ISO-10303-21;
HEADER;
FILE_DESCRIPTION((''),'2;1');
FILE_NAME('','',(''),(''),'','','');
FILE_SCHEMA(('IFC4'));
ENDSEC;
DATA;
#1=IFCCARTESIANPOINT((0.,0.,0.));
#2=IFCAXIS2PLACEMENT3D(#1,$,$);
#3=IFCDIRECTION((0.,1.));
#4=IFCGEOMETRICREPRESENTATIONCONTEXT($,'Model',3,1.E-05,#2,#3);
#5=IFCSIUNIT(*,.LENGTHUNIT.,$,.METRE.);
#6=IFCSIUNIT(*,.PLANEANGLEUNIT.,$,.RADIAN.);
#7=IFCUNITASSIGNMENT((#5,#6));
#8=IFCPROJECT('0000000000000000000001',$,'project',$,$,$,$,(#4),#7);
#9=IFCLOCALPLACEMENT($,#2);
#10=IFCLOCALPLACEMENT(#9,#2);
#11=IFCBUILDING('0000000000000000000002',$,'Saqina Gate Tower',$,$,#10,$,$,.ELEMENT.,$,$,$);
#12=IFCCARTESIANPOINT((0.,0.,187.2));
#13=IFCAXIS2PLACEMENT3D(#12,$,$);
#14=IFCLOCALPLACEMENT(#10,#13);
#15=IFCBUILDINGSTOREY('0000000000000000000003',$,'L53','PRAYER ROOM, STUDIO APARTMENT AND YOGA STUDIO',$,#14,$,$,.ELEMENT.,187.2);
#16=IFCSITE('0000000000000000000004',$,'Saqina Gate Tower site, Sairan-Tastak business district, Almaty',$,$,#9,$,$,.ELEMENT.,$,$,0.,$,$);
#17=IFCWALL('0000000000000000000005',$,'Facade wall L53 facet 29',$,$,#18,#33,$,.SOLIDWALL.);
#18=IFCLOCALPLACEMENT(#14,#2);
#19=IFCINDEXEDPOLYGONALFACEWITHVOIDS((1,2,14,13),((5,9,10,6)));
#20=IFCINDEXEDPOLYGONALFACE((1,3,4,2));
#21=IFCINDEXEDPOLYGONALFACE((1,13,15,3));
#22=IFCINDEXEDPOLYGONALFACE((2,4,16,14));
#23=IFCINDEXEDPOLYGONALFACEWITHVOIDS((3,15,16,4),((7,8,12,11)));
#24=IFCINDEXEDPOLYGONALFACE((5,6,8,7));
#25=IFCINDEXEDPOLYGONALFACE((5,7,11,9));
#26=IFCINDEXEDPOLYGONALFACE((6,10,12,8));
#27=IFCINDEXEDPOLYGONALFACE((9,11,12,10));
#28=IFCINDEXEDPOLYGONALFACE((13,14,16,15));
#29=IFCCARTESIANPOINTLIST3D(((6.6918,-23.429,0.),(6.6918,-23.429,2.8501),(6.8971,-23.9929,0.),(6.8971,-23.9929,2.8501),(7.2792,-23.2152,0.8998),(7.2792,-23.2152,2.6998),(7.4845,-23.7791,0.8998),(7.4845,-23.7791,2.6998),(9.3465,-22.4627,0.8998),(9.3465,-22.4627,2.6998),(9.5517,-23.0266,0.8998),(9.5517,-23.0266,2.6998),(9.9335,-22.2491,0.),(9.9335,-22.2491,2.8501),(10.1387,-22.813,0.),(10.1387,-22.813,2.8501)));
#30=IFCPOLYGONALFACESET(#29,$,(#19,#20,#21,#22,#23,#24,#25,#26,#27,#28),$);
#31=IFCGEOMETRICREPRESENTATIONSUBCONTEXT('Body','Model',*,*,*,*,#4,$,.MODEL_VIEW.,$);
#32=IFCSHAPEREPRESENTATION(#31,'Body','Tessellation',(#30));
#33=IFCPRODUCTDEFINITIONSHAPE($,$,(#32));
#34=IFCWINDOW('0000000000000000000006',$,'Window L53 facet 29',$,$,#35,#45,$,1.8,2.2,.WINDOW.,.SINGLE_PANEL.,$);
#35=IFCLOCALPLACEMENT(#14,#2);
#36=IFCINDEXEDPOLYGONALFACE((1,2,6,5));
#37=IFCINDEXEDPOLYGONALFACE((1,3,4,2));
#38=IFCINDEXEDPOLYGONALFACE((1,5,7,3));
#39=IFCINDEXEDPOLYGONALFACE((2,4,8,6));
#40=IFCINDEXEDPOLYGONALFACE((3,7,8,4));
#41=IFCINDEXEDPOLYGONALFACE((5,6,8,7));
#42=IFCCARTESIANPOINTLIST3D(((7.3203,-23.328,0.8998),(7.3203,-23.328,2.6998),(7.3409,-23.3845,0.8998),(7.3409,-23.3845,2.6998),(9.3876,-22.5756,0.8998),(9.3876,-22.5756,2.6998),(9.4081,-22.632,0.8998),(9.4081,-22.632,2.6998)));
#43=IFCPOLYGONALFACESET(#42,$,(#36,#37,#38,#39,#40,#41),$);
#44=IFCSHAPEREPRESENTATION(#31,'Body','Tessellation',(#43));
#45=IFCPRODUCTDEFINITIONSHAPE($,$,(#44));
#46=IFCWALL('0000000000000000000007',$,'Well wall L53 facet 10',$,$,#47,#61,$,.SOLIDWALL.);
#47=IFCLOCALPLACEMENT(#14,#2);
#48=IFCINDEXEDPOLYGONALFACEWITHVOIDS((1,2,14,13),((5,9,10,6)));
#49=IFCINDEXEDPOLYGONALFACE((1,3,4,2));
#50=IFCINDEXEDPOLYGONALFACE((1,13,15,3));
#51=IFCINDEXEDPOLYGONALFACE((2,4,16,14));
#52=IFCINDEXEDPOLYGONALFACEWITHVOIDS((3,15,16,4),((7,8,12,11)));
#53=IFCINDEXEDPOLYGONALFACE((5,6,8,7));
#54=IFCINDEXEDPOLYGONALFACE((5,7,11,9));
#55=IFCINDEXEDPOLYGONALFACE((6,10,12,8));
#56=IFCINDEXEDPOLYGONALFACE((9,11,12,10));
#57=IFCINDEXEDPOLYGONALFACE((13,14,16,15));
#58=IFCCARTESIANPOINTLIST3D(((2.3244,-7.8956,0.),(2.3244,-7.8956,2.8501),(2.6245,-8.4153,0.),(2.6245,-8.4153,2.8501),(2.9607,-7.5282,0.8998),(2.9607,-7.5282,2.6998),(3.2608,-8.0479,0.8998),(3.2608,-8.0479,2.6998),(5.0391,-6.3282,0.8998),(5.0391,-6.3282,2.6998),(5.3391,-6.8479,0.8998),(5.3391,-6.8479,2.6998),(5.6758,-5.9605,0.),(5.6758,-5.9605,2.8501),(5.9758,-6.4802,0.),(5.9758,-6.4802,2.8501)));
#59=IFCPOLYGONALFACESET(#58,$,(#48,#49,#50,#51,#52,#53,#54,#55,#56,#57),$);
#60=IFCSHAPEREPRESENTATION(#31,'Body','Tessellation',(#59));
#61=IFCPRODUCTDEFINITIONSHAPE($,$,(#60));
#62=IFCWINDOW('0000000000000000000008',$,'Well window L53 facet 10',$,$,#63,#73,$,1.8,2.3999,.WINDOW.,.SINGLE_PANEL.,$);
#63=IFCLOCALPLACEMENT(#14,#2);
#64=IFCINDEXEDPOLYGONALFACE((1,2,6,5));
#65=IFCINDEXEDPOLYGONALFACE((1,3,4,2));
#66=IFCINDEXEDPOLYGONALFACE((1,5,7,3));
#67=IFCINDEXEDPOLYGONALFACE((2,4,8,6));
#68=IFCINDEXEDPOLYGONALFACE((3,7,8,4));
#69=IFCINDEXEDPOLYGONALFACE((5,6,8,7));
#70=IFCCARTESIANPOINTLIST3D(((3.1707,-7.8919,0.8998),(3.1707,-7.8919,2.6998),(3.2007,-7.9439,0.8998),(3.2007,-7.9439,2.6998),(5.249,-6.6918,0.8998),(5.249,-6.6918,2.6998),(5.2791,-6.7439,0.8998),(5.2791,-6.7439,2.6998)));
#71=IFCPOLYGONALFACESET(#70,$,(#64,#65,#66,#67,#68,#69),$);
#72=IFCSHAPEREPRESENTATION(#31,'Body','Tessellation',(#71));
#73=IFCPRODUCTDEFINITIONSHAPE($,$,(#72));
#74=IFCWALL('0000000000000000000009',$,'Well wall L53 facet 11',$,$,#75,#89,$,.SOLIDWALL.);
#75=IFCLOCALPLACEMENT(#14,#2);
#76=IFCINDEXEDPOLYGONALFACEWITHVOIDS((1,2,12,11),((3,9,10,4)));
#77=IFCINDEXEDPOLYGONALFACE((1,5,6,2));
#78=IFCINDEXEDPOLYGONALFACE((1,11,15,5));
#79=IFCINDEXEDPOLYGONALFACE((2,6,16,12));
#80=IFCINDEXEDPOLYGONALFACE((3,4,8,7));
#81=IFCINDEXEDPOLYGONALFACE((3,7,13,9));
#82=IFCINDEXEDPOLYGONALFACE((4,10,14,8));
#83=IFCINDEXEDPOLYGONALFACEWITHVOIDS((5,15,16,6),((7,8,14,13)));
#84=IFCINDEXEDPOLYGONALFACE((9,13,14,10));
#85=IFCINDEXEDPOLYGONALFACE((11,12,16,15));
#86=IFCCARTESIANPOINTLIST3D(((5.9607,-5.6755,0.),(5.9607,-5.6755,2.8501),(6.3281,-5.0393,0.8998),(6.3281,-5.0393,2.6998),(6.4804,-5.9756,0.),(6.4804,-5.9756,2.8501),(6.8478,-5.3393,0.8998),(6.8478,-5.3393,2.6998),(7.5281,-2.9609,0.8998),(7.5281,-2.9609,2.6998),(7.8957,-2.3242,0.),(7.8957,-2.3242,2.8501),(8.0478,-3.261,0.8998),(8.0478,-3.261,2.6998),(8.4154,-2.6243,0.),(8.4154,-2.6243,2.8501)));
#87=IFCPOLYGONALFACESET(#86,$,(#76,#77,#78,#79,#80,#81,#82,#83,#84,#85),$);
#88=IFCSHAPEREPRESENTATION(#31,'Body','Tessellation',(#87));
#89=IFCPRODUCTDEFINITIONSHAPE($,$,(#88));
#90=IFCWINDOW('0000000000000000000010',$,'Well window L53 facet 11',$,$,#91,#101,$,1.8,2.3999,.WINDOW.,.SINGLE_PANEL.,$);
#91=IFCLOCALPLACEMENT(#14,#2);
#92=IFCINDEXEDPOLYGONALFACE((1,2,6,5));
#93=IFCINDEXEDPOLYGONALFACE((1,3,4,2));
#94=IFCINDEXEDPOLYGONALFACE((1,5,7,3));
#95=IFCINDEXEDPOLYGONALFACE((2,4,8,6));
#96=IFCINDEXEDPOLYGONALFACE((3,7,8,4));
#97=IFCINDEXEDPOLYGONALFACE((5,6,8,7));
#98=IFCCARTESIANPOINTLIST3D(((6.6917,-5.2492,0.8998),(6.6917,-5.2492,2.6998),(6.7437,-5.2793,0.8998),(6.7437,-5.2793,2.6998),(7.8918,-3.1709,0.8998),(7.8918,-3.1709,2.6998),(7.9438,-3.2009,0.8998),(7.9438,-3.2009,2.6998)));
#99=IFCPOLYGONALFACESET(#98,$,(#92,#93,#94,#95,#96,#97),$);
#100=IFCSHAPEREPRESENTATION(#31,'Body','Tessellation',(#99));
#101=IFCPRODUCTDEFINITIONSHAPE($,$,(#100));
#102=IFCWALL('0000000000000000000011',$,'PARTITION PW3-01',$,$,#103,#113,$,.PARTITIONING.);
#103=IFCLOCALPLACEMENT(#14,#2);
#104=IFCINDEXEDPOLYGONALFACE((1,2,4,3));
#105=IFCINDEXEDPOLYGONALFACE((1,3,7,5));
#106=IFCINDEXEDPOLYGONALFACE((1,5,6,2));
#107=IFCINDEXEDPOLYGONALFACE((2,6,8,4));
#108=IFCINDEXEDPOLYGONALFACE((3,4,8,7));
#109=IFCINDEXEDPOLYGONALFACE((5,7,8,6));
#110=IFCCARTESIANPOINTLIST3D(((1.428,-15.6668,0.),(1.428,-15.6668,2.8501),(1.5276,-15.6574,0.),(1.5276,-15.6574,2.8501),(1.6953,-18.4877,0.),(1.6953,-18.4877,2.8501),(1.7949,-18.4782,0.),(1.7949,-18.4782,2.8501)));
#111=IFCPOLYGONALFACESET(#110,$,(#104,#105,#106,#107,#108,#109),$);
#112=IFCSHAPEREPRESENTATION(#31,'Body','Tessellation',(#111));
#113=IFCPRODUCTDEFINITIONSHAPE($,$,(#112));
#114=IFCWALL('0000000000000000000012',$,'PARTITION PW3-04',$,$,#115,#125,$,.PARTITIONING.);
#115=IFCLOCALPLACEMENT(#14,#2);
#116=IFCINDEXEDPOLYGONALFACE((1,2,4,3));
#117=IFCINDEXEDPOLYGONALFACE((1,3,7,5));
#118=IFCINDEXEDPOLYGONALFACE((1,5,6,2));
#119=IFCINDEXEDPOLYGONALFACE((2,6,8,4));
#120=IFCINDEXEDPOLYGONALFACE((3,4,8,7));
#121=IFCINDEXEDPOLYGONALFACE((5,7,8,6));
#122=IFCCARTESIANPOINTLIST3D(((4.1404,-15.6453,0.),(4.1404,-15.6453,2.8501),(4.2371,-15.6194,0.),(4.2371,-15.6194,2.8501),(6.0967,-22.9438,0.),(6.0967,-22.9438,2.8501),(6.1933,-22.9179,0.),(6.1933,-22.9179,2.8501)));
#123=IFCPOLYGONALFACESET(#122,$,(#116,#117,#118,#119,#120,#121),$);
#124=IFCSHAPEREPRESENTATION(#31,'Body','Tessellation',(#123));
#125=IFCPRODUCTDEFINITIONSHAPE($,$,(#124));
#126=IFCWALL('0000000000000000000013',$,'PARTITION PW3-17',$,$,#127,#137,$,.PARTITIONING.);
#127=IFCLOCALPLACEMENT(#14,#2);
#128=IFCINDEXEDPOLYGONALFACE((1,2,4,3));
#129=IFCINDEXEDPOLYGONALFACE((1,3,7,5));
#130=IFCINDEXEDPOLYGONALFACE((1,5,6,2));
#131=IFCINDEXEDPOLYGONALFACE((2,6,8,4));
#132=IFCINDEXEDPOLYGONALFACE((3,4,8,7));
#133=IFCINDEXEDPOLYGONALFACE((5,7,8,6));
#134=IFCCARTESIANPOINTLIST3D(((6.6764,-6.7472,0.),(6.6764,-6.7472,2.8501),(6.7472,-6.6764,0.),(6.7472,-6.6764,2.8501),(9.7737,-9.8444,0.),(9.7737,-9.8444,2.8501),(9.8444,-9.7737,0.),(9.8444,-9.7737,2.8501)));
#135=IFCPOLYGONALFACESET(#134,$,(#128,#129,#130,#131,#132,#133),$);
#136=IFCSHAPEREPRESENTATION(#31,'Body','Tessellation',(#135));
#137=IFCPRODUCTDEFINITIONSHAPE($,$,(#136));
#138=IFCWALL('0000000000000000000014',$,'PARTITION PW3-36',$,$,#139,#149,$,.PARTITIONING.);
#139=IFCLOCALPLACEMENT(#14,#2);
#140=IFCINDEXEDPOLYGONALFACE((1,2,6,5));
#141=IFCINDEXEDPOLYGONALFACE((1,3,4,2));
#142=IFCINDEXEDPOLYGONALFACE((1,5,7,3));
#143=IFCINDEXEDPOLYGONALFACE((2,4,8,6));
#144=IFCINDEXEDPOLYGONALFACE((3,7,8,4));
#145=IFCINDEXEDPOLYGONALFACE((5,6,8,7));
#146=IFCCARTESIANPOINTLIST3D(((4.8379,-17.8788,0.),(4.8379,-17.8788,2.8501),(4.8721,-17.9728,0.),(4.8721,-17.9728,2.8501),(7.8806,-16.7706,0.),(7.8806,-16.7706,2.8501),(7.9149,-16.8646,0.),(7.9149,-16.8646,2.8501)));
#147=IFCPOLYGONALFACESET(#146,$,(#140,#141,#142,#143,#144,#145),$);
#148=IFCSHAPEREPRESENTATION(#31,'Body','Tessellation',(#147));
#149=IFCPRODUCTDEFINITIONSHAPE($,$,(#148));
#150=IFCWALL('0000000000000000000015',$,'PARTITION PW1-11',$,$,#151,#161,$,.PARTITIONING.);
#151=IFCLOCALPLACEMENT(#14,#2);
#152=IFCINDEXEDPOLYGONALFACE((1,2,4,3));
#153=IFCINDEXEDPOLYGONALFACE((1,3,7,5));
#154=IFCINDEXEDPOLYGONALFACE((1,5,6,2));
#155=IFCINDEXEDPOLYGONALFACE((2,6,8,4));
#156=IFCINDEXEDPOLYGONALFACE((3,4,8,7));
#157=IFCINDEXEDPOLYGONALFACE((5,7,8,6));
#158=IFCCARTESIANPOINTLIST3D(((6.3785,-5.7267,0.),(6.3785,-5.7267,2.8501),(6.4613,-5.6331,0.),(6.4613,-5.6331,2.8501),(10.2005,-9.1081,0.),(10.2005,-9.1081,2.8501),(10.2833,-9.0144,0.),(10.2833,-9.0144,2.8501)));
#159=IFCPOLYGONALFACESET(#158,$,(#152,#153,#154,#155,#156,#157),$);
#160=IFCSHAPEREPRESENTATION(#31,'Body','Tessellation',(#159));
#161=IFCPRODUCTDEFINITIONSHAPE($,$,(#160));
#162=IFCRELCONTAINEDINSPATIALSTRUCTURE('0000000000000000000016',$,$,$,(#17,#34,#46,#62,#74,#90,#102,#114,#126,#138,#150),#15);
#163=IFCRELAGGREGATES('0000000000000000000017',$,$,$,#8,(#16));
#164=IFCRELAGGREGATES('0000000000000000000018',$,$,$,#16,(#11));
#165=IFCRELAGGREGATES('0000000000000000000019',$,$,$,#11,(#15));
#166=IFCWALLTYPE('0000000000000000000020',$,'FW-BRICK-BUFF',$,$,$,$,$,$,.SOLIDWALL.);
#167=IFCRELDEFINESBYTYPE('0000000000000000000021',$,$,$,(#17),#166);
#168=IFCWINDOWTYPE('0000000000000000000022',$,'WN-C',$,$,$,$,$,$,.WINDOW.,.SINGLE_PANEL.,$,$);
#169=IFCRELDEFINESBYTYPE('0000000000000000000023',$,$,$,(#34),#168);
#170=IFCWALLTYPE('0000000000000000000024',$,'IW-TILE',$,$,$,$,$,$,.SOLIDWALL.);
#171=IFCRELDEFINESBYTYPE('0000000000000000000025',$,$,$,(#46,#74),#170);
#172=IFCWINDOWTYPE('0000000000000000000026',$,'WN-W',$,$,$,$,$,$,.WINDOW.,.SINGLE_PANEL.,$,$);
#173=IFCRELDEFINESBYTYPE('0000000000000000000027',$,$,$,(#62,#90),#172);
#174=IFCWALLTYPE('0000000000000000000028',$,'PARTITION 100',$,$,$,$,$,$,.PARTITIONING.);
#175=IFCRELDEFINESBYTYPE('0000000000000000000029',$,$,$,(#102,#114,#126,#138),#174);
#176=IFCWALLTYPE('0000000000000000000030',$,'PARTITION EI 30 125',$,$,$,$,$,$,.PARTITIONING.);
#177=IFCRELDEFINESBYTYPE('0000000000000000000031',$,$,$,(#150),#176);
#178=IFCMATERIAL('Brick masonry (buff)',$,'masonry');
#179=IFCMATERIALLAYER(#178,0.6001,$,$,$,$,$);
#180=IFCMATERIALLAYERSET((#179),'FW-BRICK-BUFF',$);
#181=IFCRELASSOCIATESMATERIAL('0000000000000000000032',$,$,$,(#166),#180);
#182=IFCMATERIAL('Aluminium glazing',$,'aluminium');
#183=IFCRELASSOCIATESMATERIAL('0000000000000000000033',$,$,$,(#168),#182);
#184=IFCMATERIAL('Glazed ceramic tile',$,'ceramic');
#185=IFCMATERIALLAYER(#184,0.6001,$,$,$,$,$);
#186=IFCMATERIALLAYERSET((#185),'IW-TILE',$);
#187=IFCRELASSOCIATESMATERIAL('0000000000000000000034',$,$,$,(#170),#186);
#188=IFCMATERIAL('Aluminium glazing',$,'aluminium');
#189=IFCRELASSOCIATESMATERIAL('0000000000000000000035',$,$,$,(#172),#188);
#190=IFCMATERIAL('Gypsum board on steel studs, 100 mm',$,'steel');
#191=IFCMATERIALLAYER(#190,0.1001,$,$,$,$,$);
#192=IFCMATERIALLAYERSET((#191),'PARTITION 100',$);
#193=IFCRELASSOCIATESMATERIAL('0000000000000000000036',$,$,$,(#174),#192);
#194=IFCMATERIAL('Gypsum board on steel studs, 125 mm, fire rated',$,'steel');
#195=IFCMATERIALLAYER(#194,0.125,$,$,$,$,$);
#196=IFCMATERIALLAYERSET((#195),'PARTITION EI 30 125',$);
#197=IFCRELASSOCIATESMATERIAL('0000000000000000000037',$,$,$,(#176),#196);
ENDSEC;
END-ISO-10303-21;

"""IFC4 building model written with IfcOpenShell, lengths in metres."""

from ifc_helpers import new_model, si_unit, direction, frame, frame_2d, origin, place, context, subcontext, project, spatial, rectangle, extrude, material, layer, layer_set, type_object, element, fill, save


model = new_model("IFC4")

# Units and contexts
model_context = context("Model", 3, precision=1e-05, world=origin(), true_north=direction((0.0, 1.0)))
body_context = subcontext(model_context, "Body", "Model", "MODEL_VIEW")
ifc_project = project(units=[si_unit("LENGTHUNIT", "METRE"), si_unit("PLANEANGLEUNIT", "RADIAN")], contexts=[model_context])

# Site, building, storey
site_placement = place(None, origin())
site = spatial("IfcSite", under=ifc_project, at=site_placement, Name="Saqina Gate Tower site, Sairan-Tastak business district, Almaty", CompositionType="ELEMENT", RefElevation=0.0)
building_placement = place(site_placement, origin())
building = spatial("IfcBuilding", under=site, at=building_placement, Name="Saqina Gate Tower", CompositionType="ELEMENT")
storey_placement = place(building_placement, frame((0.0, 0.0, 187.2)))
storey = spatial("IfcBuildingStorey", under=building, at=storey_placement, Name="L53", Description="PRAYER ROOM, STUDIO APARTMENT AND YOGA STUDIO", CompositionType="ELEMENT", Elevation=187.2)

# Walls, openings, windows
ifc_material_1 = material(Name="Brick masonry (buff)", Category="masonry")
ifc_layer_1 = layer(ifc_material_1, 0.6001)
ifc_layer_set_1 = layer_set([ifc_layer_1], Name="FW-BRICK-BUFF")
wall_type_1 = type_object("IfcWallType", Name="FW-BRICK-BUFF", PredefinedType="SOLIDWALL", material=ifc_layer_set_1)
ifc_material_2 = material(Name="Aluminium glazing", Category="aluminium")
window_type_1 = type_object("IfcWindowType", Name="WN-C", PartitioningType="SINGLE_PANEL", PredefinedType="WINDOW", material=ifc_material_2)
wall_1_placement = place(storey_placement, frame((6.7944, -23.7109, 0.0), z_axis=(0.0, 0.0, 1.0), x_axis=(0.939688, 0.342033, 0.0)))
wall_1 = element("IfcWall", 1, at=wall_1_placement, inside=storey, type_object=wall_type_1, Name="Facade wall L53 facet 29", PredefinedType="SOLIDWALL", context=body_context, shape_type="SweptSolid", body=[
    extrude(rectangle(XDim=3.4497, YDim=0.6001, at=frame_2d((1.7249, 0.0))), origin(), (0.0, 0.0, 1.0), 2.8501),
])
opening_1_placement = place(wall_1_placement, frame((0.625, 0.0, 0.8999)))
opening_1 = element("IfcOpeningElement", 2, at=opening_1_placement, cuts=wall_1, PredefinedType="OPENING", context=body_context, shape_type="SweptSolid", body=[
    extrude(rectangle(XDim=2.2, YDim=1.8, at=frame_2d((1.1001, 0.8999))), frame((0.0, 0.312, 0.0), z_axis=(0.0, -1.0, 0.0), x_axis=(1.0, 0.0, 0.0)), (0.0, 0.0, 1.0), 0.624),
])
window_1_placement = place(opening_1_placement, origin())
window_1 = element("IfcWindow", 3, at=window_1_placement, inside=storey, type_object=window_type_1, Name="Window L53 facet 29", OverallHeight=1.8, OverallWidth=2.2, PartitioningType="SINGLE_PANEL", PredefinedType="WINDOW", context=body_context, shape_type="SweptSolid", body=[
    extrude(rectangle(XDim=2.2, YDim=1.8, at=frame_2d((1.1001, 0.8999))), frame((0.0, 0.1799, 0.0), z_axis=(0.0, -1.0, 0.0), x_axis=(1.0, 0.0, 0.0)), (0.0, 0.0, 1.0), 0.0601),
])
fill(opening_1, window_1)
ifc_material_3 = material(Name="Glazed ceramic tile", Category="ceramic")
ifc_layer_2 = layer(ifc_material_3, 0.6001)
ifc_layer_set_2 = layer_set([ifc_layer_2], Name="IW-TILE")
wall_type_2 = type_object("IfcWallType", Name="IW-TILE", PredefinedType="SOLIDWALL", material=ifc_layer_set_2)
wall_2_placement = place(storey_placement, frame((2.4744, -8.1555, 0.0), z_axis=(0.0, 0.0, 1.0), x_axis=(0.866006, 0.500034, 0.0)))
wall_2 = element("IfcWall", 4, at=wall_2_placement, inside=storey, type_object=wall_type_2, Name="Well wall L53 facet 10", PredefinedType="SOLIDWALL", context=body_context, shape_type="SweptSolid", body=[
    extrude(rectangle(XDim=3.8699, YDim=0.6001, at=frame_2d((1.9351, 0.0))), origin(), (0.0, 0.0, 1.0), 2.8501),
])
opening_2_placement = place(wall_2_placement, frame((0.7349, 0.0, 0.8999)))
opening_2 = element("IfcOpeningElement", 5, at=opening_2_placement, cuts=wall_2, PredefinedType="OPENING", context=body_context, shape_type="SweptSolid", body=[
    extrude(rectangle(XDim=2.3999, YDim=1.8, at=frame_2d((1.2, 0.8999))), frame((0.0, 0.312, 0.0), z_axis=(0.0, -1.0, 0.0), x_axis=(1.0, 0.0, 0.0)), (0.0, 0.0, 1.0), 0.624),
])
ifc_material_4 = material(Name="Aluminium glazing", Category="aluminium")
window_type_2 = type_object("IfcWindowType", Name="WN-W", PartitioningType="SINGLE_PANEL", PredefinedType="WINDOW", material=ifc_material_4)
window_2_placement = place(opening_2_placement, origin())
window_2 = element("IfcWindow", 6, at=window_2_placement, inside=storey, type_object=window_type_2, Name="Well window L53 facet 10", OverallHeight=1.8, OverallWidth=2.3999, PartitioningType="SINGLE_PANEL", PredefinedType="WINDOW", context=body_context, shape_type="SweptSolid", body=[
    extrude(rectangle(XDim=2.3999, YDim=1.8, at=frame_2d((1.2, 0.8999))), frame((0.0, -0.1199, 0.0), z_axis=(0.0, -1.0, 0.0), x_axis=(1.0, 0.0, 0.0)), (0.0, 0.0, 1.0), 0.0601),
])
fill(opening_2, window_2)
wall_3_placement = place(storey_placement, frame((6.2205, -5.8257, 0.0), z_axis=(0.0, 0.0, 1.0), x_axis=(0.500034, 0.866006, 0.0)))
wall_3 = element("IfcWall", 7, at=wall_3_placement, inside=storey, type_object=wall_type_2, Name="Well wall L53 facet 11", PredefinedType="SOLIDWALL", context=body_context, shape_type="SweptSolid", body=[
    extrude(rectangle(XDim=3.8699, YDim=0.6001, at=frame_2d((1.9351, 0.0))), origin(), (0.0, 0.0, 1.0), 2.8501),
])
opening_3_placement = place(wall_3_placement, frame((0.7349, 0.0, 0.8999)))
opening_3 = element("IfcOpeningElement", 8, at=opening_3_placement, cuts=wall_3, PredefinedType="OPENING", context=body_context, shape_type="SweptSolid", body=[
    extrude(rectangle(XDim=2.3999, YDim=1.8, at=frame_2d((1.2, 0.8999))), frame((0.0, 0.312, 0.0), z_axis=(0.0, -1.0, 0.0), x_axis=(1.0, 0.0, 0.0)), (0.0, 0.0, 1.0), 0.624),
])
window_3_placement = place(opening_3_placement, origin())
window_3 = element("IfcWindow", 9, at=window_3_placement, inside=storey, type_object=window_type_2, Name="Well window L53 facet 11", OverallHeight=1.8, OverallWidth=2.3999, PartitioningType="SINGLE_PANEL", PredefinedType="WINDOW", context=body_context, shape_type="SweptSolid", body=[
    extrude(rectangle(XDim=2.3999, YDim=1.8, at=frame_2d((1.2, 0.8999))), frame((0.0, -0.1199, 0.0), z_axis=(0.0, -1.0, 0.0), x_axis=(1.0, 0.0, 0.0)), (0.0, 0.0, 1.0), 0.0601),
])
fill(opening_3, window_3)

# Walls
ifc_material_5 = material(Name="Gypsum board on steel studs, 100 mm", Category="steel")
ifc_layer_3 = layer(ifc_material_5, 0.1001)
ifc_layer_set_3 = layer_set([ifc_layer_3], Name="PARTITION 100")
wall_type_3 = type_object("IfcWallType", Name="PARTITION 100", PredefinedType="PARTITIONING", material=ifc_layer_set_3)
wall_4_placement = place(storey_placement, frame((1.4778, -15.6621, 0.0), z_axis=(0.0, 0.0, 1.0), x_axis=(0.09435, -0.995539, 0.0)))
element("IfcWall", 10, at=wall_4_placement, inside=storey, type_object=wall_type_3, Name="PARTITION PW3-01", PredefinedType="PARTITIONING", context=body_context, shape_type="SweptSolid", body=[
    extrude(rectangle(XDim=2.8335, YDim=0.1001, at=frame_2d((1.4167, 0.0))), origin(), (0.0, 0.0, 1.0), 2.8501),
])
wall_5_placement = place(storey_placement, frame((4.1887, -15.6323, 0.0), z_axis=(0.0, 0.0, 1.0), x_axis=(0.258899, -0.965904, 0.0)))
element("IfcWall", 11, at=wall_5_placement, inside=storey, type_object=wall_type_3, Name="PARTITION PW3-04", PredefinedType="PARTITIONING", context=body_context, shape_type="SweptSolid", body=[
    extrude(rectangle(XDim=7.5562, YDim=0.1001, at=frame_2d((3.7781, 0.0))), origin(), (0.0, 0.0, 1.0), 2.8501),
])
wall_6_placement = place(storey_placement, frame((6.7119, -6.7119, 0.0), z_axis=(0.0, 0.0, 1.0), x_axis=(0.707107, -0.707107, 0.0)))
element("IfcWall", 12, at=wall_6_placement, inside=storey, type_object=wall_type_3, Name="PARTITION PW3-17", PredefinedType="PARTITIONING", context=body_context, shape_type="SweptSolid", body=[
    extrude(rectangle(XDim=4.3801, YDim=0.1001, at=frame_2d((2.1899, 0.0))), origin(), (0.0, 0.0, 1.0), 2.8501),
])
wall_7_placement = place(storey_placement, frame((4.855, -17.9258, 0.0), z_axis=(0.0, 0.0, 1.0), x_axis=(0.939624, 0.342209, 0.0)))
element("IfcWall", 13, at=wall_7_placement, inside=storey, type_object=wall_type_3, Name="PARTITION PW3-36", PredefinedType="PARTITIONING", context=body_context, shape_type="SweptSolid", body=[
    extrude(rectangle(XDim=3.2383, YDim=0.1001, at=frame_2d((1.6191, 0.0))), origin(), (0.0, 0.0, 1.0), 2.8501),
])
ifc_material_6 = material(Name="Gypsum board on steel studs, 125 mm, fire rated", Category="steel")
ifc_layer_4 = layer(ifc_material_6, 0.125)
ifc_layer_set_4 = layer_set([ifc_layer_4], Name="PARTITION EI 30 125")
wall_type_4 = type_object("IfcWallType", Name="PARTITION EI 30 125", PredefinedType="PARTITIONING", material=ifc_layer_set_4)
wall_8_placement = place(storey_placement, frame((6.4199, -5.6799, 0.0), z_axis=(0.0, 0.0, 1.0), x_axis=(0.748965, -0.66261, 0.0)))
element("IfcWall", 14, at=wall_8_placement, inside=storey, type_object=wall_type_4, Name="PARTITION PW1-11", PredefinedType="PARTITIONING", context=body_context, shape_type="SweptSolid", body=[
    extrude(rectangle(XDim=5.103, YDim=0.125, at=frame_2d((2.5515, 0.0))), origin(), (0.0, 0.0, 1.0), 2.8501),
])

save(model, "model.ifc")
